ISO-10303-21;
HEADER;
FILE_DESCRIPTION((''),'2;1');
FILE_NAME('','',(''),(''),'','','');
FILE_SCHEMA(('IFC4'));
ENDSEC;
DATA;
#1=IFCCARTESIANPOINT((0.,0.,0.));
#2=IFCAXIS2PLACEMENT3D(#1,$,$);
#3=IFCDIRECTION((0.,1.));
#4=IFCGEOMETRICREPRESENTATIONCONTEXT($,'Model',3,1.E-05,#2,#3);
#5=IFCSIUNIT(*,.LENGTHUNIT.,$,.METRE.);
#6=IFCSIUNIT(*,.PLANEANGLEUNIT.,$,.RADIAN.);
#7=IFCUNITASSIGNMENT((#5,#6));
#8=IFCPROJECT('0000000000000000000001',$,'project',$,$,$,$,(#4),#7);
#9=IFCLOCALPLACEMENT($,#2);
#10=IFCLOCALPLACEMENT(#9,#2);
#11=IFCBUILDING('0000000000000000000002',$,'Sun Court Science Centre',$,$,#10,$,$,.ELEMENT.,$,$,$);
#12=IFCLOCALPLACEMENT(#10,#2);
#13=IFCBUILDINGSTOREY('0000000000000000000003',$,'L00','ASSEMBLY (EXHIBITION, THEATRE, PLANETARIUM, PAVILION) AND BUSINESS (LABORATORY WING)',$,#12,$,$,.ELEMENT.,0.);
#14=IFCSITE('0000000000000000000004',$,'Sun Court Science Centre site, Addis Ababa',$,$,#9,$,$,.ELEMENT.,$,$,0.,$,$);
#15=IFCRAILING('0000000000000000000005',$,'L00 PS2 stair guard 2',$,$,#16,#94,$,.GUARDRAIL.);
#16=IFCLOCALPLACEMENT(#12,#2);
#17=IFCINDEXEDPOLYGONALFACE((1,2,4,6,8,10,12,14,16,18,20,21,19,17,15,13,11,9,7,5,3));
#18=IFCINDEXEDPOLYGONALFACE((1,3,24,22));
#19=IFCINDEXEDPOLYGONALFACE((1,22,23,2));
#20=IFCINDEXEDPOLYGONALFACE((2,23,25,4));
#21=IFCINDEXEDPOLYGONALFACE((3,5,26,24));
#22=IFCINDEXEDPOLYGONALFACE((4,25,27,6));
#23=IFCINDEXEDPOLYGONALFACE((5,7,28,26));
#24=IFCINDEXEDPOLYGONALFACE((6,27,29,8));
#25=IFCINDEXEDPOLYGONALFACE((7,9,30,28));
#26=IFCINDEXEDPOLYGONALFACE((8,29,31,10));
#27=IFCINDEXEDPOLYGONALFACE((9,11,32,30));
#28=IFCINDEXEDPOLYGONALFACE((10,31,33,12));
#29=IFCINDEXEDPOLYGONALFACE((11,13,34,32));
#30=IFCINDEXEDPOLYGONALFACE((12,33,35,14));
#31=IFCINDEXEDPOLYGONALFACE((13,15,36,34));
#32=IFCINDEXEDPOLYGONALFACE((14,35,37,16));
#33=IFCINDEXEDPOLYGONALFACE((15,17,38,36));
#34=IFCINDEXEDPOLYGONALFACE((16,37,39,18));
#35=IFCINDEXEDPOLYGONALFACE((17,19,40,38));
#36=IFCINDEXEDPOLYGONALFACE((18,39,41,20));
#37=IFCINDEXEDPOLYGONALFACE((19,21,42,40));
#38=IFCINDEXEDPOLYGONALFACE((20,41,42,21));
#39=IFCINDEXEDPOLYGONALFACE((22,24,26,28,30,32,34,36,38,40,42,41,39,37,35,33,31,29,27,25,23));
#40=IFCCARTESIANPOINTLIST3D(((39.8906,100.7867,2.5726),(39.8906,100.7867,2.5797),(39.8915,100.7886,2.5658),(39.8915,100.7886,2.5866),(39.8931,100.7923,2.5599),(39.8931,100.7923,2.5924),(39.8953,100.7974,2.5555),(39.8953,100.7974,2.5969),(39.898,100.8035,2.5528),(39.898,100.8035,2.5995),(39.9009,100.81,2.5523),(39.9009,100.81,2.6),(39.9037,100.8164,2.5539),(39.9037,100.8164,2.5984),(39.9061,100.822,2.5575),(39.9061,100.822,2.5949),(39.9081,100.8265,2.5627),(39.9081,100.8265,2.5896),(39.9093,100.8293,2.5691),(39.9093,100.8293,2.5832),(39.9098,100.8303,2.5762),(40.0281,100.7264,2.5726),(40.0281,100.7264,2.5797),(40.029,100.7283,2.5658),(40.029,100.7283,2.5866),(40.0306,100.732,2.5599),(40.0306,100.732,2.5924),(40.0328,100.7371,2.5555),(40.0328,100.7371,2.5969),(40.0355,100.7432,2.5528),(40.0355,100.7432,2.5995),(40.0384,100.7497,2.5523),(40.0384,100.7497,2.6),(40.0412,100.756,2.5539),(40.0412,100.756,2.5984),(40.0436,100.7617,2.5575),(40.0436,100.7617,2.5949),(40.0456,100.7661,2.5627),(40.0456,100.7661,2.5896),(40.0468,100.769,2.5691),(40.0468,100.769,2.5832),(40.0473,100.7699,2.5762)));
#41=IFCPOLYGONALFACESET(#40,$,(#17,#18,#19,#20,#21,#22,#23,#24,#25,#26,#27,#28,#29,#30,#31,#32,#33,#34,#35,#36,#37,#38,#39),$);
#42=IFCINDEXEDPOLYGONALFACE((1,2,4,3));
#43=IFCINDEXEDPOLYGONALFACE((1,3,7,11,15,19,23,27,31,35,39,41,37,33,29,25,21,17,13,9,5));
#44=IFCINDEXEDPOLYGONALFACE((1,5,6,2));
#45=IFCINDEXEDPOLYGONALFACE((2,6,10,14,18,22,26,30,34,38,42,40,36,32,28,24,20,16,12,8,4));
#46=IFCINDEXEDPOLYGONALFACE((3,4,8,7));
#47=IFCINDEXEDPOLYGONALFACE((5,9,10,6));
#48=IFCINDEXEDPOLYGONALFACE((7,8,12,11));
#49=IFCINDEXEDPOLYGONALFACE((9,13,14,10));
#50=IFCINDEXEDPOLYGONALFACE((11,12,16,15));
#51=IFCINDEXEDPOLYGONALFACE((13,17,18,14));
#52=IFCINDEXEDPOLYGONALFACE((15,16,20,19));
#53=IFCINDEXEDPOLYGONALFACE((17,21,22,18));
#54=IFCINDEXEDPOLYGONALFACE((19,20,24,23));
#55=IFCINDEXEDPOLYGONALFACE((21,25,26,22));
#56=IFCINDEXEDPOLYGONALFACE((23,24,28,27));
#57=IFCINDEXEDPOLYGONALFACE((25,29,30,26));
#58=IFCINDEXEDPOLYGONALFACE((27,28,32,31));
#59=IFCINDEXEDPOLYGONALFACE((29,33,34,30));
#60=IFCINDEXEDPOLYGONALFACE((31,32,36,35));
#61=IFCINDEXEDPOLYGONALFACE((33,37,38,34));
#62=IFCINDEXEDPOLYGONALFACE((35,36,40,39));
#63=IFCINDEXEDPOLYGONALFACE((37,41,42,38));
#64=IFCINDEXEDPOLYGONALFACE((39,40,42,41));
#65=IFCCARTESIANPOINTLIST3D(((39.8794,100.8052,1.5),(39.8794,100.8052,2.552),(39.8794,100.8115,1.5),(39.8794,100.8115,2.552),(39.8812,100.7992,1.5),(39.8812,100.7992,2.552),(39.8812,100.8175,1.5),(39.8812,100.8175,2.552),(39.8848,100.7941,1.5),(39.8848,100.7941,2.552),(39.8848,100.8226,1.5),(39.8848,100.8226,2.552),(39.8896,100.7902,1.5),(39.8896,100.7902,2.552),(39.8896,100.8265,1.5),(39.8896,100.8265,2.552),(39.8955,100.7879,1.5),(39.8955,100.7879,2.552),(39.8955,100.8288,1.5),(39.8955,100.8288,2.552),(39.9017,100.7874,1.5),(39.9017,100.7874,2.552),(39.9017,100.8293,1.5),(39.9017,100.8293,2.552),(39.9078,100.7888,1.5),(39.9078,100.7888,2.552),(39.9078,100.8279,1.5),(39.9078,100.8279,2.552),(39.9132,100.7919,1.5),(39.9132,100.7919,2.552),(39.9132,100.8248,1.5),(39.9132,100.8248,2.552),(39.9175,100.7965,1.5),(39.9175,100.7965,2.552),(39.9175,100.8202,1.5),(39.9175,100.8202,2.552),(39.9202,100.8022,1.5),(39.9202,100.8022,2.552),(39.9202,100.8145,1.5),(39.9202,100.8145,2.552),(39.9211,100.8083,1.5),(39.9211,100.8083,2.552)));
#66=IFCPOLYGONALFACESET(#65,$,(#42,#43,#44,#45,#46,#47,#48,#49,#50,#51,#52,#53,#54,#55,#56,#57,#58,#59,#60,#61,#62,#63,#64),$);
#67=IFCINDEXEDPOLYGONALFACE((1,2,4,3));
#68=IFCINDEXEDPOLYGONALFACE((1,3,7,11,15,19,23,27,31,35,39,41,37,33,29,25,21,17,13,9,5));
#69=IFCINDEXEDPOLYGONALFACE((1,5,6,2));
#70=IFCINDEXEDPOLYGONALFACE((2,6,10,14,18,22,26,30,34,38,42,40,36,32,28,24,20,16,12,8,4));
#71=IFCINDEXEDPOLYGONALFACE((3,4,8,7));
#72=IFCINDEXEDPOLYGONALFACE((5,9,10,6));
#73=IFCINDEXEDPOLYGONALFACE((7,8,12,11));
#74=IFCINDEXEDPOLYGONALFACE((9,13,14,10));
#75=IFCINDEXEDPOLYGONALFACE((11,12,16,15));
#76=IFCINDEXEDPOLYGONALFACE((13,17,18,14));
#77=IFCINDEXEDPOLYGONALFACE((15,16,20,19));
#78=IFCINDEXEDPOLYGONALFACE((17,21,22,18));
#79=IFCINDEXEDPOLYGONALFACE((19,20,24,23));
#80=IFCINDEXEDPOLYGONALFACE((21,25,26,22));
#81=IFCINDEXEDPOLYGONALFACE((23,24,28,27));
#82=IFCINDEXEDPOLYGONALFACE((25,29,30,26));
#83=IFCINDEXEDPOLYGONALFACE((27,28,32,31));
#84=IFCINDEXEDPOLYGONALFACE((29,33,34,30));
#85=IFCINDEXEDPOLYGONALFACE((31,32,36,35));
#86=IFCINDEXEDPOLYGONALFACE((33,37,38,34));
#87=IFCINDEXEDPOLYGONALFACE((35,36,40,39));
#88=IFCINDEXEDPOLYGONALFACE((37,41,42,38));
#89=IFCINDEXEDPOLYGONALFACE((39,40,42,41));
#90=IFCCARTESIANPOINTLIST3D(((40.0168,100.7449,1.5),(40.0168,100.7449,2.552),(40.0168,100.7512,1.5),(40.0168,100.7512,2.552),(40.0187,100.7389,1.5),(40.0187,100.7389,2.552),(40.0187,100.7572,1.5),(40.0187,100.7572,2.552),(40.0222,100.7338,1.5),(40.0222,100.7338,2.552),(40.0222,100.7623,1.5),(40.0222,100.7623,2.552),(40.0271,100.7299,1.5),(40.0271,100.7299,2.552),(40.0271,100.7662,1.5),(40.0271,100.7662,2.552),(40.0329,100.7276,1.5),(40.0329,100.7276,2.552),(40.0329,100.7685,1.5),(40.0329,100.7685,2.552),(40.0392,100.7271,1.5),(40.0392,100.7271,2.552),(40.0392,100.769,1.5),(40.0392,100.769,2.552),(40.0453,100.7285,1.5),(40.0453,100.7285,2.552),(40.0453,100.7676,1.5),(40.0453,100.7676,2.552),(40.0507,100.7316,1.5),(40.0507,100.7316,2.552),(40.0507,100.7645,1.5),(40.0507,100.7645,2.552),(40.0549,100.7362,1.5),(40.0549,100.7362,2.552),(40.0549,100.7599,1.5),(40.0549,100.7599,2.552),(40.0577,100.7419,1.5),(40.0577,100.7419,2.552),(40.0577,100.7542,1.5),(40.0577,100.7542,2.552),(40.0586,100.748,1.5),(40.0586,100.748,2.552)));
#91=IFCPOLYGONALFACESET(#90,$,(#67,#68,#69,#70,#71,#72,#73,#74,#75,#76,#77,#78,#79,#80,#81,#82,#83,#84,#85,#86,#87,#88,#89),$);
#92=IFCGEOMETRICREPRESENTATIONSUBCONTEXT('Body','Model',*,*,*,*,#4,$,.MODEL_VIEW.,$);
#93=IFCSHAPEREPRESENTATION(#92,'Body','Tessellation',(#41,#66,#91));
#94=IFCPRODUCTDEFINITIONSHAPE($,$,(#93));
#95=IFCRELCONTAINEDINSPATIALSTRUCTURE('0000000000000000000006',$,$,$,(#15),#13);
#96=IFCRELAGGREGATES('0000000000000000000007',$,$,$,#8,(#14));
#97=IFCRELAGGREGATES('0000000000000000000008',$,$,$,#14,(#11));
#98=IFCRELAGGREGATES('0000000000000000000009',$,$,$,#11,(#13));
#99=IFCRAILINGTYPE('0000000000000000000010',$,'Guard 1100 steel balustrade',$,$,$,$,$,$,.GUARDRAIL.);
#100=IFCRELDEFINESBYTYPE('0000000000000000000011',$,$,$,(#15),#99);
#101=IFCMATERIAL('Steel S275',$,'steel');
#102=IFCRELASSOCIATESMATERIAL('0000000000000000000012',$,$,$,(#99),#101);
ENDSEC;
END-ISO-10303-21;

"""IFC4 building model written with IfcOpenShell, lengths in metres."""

from ifc_helpers import new_model, si_unit, direction, frame, origin, origin_2d, place, context, subcontext, project, spatial, circle, extrude, material, type_object, element, save


model = new_model("IFC4")

# Units and contexts
model_context = context("Model", 3, precision=1e-05, world=origin(), true_north=direction((0.0, 1.0)))
body_context = subcontext(model_context, "Body", "Model", "MODEL_VIEW")
ifc_project = project(units=[si_unit("LENGTHUNIT", "METRE"), si_unit("PLANEANGLEUNIT", "RADIAN")], contexts=[model_context])

# Site, building, storey
site_placement = place(None, origin())
site = spatial("IfcSite", under=ifc_project, at=site_placement, Name="Sun Court Science Centre site, Addis Ababa", CompositionType="ELEMENT", RefElevation=0.0)
building_placement = place(site_placement, origin())
building = spatial("IfcBuilding", under=site, at=building_placement, Name="Sun Court Science Centre", CompositionType="ELEMENT")
storey_placement = place(building_placement, origin())
storey = spatial("IfcBuildingStorey", under=building, at=storey_placement, Name="L00", Description="ASSEMBLY (EXHIBITION, THEATRE, PLANETARIUM, PAVILION) AND BUSINESS (LABORATORY WING)", CompositionType="ELEMENT", Elevation=0.0)

# Railing
ifc_material_1 = material(Name="Steel S275", Category="steel")
railing_type_1 = type_object("IfcRailingType", Name="Guard 1100 steel balustrade", PredefinedType="GUARDRAIL", material=ifc_material_1)
railing_1_placement = place(storey_placement, frame((39.9001, 100.8083, 1.5)))
element("IfcRailing", 1, at=railing_1_placement, inside=storey, type_object=railing_type_1, Name="L00 PS2 stair guard 2", PredefinedType="GUARDRAIL", context=body_context, shape_type="SweptSolid", body=[
    extrude(circle(Radius=0.0239, at=origin_2d()), frame((0.0, 0.0, 1.0762), z_axis=(0.915746, -0.401757, 0.0), x_axis=(0.401757, 0.915746, 0.0)), (0.0, 0.0, 1.0), 0.1501),
    extrude(circle(Radius=0.021, at=origin_2d()), origin(), (0.0, 0.0, 1.0), 1.052),
    extrude(circle(Radius=0.021, at=origin_2d()), frame((0.1375, -0.0603, 0.0)), (0.0, 0.0, 1.0), 1.052),
])

save(model, "model.ifc")
